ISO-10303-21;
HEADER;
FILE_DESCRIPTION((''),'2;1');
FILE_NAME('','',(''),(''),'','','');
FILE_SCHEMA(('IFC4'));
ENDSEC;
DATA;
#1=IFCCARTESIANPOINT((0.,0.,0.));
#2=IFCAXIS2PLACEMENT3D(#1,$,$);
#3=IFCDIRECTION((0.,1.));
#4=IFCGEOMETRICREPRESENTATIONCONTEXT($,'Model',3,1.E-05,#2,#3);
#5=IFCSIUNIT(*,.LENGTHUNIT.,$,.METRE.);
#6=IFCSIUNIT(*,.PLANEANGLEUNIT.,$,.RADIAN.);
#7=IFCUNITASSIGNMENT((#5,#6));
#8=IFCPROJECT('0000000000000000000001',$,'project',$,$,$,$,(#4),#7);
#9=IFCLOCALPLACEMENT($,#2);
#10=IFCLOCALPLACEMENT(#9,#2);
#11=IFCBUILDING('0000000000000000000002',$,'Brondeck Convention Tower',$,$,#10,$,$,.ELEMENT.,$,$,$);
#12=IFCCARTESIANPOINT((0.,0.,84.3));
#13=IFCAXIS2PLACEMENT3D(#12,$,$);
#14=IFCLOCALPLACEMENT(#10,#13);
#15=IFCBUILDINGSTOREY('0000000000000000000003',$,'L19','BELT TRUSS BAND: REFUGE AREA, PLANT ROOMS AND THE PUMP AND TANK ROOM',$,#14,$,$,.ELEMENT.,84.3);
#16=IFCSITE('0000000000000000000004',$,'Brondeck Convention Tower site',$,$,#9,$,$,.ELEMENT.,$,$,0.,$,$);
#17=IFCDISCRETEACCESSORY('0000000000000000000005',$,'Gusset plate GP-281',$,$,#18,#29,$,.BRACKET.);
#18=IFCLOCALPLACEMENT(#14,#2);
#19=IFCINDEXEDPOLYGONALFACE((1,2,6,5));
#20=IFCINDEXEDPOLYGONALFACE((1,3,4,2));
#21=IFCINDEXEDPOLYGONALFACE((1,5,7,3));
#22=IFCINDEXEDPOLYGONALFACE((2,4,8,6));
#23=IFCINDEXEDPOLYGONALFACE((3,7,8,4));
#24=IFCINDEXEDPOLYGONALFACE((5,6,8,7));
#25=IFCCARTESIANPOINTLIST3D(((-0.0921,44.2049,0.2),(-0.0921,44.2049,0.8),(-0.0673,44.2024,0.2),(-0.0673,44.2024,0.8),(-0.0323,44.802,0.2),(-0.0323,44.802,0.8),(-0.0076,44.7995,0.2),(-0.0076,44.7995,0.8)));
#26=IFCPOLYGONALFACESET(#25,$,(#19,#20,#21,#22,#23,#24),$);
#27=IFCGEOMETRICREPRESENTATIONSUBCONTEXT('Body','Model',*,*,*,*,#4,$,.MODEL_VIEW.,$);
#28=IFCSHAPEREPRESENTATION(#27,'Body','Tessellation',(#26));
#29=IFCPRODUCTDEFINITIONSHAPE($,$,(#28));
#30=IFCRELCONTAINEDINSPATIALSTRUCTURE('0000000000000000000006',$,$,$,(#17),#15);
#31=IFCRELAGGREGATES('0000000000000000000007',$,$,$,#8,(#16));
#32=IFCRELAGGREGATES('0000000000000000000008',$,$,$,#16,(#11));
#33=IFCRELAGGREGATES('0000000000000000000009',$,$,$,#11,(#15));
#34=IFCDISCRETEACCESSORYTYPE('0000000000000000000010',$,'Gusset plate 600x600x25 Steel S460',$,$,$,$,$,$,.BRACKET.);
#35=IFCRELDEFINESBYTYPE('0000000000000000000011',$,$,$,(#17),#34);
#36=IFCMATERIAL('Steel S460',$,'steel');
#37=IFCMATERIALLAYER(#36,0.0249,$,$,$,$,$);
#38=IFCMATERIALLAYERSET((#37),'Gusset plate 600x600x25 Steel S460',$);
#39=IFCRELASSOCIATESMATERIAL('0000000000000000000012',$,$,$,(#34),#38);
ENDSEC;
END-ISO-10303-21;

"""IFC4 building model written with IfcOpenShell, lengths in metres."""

from ifc_helpers import new_model, si_unit, direction, frame, origin, origin_2d, place, context, subcontext, project, spatial, rectangle, extrude, material, layer, layer_set, type_object, element, save


model = new_model("IFC4")

# Units and contexts
model_context = context("Model", 3, precision=1e-05, world=origin(), true_north=direction((0.0, 1.0)))
body_context = subcontext(model_context, "Body", "Model", "MODEL_VIEW")
ifc_project = project(units=[si_unit("LENGTHUNIT", "METRE"), si_unit("PLANEANGLEUNIT", "RADIAN")], contexts=[model_context])

# Site, building, storey
site_placement = place(None, origin())
site = spatial("IfcSite", under=ifc_project, at=site_placement, Name="Brondeck Convention Tower site", CompositionType="ELEMENT", RefElevation=0.0)
building_placement = place(site_placement, origin())
building = spatial("IfcBuilding", under=site, at=building_placement, Name="Brondeck Convention Tower", CompositionType="ELEMENT")
storey_placement = place(building_placement, frame((0.0, 0.0, 84.3)))
storey = spatial("IfcBuildingStorey", under=building, at=storey_placement, Name="L19", Description="BELT TRUSS BAND: REFUGE AREA, PLANT ROOMS AND THE PUMP AND TANK ROOM", CompositionType="ELEMENT", Elevation=84.3)

# Shared definitions
ifc_material_1 = material(Name="Steel S460", Category="steel")

# Discrete accessory
ifc_layer_1 = layer(ifc_material_1, 0.0249)
ifc_layer_set_1 = layer_set([ifc_layer_1], Name="Gusset plate 600x600x25 Steel S460")
discrete_accessory_type = type_object("IfcDiscreteAccessoryType", Name="Gusset plate 600x600x25 Steel S460", PredefinedType="BRACKET", material=ifc_layer_set_1)
for number, where, z_axis, x_axis, name in (
    (1, (-0.0498, 44.5022, 0.2), (0.0, 0.0, 1.0), (0.099511, 0.995036, 0.0), "Gusset plate GP-281"),
):
    element("IfcDiscreteAccessory", number, at=place(storey_placement, frame(where, z_axis=z_axis, x_axis=x_axis)), inside=storey, type_object=discrete_accessory_type, Name=name, PredefinedType="BRACKET", context=body_context, shape_type="SweptSolid", body=[
        extrude(rectangle(XDim=0.6001, YDim=0.0249, at=origin_2d()), origin(), (0.0, 0.0, 1.0), 0.6001),
    ])

save(model, "model.ifc")
